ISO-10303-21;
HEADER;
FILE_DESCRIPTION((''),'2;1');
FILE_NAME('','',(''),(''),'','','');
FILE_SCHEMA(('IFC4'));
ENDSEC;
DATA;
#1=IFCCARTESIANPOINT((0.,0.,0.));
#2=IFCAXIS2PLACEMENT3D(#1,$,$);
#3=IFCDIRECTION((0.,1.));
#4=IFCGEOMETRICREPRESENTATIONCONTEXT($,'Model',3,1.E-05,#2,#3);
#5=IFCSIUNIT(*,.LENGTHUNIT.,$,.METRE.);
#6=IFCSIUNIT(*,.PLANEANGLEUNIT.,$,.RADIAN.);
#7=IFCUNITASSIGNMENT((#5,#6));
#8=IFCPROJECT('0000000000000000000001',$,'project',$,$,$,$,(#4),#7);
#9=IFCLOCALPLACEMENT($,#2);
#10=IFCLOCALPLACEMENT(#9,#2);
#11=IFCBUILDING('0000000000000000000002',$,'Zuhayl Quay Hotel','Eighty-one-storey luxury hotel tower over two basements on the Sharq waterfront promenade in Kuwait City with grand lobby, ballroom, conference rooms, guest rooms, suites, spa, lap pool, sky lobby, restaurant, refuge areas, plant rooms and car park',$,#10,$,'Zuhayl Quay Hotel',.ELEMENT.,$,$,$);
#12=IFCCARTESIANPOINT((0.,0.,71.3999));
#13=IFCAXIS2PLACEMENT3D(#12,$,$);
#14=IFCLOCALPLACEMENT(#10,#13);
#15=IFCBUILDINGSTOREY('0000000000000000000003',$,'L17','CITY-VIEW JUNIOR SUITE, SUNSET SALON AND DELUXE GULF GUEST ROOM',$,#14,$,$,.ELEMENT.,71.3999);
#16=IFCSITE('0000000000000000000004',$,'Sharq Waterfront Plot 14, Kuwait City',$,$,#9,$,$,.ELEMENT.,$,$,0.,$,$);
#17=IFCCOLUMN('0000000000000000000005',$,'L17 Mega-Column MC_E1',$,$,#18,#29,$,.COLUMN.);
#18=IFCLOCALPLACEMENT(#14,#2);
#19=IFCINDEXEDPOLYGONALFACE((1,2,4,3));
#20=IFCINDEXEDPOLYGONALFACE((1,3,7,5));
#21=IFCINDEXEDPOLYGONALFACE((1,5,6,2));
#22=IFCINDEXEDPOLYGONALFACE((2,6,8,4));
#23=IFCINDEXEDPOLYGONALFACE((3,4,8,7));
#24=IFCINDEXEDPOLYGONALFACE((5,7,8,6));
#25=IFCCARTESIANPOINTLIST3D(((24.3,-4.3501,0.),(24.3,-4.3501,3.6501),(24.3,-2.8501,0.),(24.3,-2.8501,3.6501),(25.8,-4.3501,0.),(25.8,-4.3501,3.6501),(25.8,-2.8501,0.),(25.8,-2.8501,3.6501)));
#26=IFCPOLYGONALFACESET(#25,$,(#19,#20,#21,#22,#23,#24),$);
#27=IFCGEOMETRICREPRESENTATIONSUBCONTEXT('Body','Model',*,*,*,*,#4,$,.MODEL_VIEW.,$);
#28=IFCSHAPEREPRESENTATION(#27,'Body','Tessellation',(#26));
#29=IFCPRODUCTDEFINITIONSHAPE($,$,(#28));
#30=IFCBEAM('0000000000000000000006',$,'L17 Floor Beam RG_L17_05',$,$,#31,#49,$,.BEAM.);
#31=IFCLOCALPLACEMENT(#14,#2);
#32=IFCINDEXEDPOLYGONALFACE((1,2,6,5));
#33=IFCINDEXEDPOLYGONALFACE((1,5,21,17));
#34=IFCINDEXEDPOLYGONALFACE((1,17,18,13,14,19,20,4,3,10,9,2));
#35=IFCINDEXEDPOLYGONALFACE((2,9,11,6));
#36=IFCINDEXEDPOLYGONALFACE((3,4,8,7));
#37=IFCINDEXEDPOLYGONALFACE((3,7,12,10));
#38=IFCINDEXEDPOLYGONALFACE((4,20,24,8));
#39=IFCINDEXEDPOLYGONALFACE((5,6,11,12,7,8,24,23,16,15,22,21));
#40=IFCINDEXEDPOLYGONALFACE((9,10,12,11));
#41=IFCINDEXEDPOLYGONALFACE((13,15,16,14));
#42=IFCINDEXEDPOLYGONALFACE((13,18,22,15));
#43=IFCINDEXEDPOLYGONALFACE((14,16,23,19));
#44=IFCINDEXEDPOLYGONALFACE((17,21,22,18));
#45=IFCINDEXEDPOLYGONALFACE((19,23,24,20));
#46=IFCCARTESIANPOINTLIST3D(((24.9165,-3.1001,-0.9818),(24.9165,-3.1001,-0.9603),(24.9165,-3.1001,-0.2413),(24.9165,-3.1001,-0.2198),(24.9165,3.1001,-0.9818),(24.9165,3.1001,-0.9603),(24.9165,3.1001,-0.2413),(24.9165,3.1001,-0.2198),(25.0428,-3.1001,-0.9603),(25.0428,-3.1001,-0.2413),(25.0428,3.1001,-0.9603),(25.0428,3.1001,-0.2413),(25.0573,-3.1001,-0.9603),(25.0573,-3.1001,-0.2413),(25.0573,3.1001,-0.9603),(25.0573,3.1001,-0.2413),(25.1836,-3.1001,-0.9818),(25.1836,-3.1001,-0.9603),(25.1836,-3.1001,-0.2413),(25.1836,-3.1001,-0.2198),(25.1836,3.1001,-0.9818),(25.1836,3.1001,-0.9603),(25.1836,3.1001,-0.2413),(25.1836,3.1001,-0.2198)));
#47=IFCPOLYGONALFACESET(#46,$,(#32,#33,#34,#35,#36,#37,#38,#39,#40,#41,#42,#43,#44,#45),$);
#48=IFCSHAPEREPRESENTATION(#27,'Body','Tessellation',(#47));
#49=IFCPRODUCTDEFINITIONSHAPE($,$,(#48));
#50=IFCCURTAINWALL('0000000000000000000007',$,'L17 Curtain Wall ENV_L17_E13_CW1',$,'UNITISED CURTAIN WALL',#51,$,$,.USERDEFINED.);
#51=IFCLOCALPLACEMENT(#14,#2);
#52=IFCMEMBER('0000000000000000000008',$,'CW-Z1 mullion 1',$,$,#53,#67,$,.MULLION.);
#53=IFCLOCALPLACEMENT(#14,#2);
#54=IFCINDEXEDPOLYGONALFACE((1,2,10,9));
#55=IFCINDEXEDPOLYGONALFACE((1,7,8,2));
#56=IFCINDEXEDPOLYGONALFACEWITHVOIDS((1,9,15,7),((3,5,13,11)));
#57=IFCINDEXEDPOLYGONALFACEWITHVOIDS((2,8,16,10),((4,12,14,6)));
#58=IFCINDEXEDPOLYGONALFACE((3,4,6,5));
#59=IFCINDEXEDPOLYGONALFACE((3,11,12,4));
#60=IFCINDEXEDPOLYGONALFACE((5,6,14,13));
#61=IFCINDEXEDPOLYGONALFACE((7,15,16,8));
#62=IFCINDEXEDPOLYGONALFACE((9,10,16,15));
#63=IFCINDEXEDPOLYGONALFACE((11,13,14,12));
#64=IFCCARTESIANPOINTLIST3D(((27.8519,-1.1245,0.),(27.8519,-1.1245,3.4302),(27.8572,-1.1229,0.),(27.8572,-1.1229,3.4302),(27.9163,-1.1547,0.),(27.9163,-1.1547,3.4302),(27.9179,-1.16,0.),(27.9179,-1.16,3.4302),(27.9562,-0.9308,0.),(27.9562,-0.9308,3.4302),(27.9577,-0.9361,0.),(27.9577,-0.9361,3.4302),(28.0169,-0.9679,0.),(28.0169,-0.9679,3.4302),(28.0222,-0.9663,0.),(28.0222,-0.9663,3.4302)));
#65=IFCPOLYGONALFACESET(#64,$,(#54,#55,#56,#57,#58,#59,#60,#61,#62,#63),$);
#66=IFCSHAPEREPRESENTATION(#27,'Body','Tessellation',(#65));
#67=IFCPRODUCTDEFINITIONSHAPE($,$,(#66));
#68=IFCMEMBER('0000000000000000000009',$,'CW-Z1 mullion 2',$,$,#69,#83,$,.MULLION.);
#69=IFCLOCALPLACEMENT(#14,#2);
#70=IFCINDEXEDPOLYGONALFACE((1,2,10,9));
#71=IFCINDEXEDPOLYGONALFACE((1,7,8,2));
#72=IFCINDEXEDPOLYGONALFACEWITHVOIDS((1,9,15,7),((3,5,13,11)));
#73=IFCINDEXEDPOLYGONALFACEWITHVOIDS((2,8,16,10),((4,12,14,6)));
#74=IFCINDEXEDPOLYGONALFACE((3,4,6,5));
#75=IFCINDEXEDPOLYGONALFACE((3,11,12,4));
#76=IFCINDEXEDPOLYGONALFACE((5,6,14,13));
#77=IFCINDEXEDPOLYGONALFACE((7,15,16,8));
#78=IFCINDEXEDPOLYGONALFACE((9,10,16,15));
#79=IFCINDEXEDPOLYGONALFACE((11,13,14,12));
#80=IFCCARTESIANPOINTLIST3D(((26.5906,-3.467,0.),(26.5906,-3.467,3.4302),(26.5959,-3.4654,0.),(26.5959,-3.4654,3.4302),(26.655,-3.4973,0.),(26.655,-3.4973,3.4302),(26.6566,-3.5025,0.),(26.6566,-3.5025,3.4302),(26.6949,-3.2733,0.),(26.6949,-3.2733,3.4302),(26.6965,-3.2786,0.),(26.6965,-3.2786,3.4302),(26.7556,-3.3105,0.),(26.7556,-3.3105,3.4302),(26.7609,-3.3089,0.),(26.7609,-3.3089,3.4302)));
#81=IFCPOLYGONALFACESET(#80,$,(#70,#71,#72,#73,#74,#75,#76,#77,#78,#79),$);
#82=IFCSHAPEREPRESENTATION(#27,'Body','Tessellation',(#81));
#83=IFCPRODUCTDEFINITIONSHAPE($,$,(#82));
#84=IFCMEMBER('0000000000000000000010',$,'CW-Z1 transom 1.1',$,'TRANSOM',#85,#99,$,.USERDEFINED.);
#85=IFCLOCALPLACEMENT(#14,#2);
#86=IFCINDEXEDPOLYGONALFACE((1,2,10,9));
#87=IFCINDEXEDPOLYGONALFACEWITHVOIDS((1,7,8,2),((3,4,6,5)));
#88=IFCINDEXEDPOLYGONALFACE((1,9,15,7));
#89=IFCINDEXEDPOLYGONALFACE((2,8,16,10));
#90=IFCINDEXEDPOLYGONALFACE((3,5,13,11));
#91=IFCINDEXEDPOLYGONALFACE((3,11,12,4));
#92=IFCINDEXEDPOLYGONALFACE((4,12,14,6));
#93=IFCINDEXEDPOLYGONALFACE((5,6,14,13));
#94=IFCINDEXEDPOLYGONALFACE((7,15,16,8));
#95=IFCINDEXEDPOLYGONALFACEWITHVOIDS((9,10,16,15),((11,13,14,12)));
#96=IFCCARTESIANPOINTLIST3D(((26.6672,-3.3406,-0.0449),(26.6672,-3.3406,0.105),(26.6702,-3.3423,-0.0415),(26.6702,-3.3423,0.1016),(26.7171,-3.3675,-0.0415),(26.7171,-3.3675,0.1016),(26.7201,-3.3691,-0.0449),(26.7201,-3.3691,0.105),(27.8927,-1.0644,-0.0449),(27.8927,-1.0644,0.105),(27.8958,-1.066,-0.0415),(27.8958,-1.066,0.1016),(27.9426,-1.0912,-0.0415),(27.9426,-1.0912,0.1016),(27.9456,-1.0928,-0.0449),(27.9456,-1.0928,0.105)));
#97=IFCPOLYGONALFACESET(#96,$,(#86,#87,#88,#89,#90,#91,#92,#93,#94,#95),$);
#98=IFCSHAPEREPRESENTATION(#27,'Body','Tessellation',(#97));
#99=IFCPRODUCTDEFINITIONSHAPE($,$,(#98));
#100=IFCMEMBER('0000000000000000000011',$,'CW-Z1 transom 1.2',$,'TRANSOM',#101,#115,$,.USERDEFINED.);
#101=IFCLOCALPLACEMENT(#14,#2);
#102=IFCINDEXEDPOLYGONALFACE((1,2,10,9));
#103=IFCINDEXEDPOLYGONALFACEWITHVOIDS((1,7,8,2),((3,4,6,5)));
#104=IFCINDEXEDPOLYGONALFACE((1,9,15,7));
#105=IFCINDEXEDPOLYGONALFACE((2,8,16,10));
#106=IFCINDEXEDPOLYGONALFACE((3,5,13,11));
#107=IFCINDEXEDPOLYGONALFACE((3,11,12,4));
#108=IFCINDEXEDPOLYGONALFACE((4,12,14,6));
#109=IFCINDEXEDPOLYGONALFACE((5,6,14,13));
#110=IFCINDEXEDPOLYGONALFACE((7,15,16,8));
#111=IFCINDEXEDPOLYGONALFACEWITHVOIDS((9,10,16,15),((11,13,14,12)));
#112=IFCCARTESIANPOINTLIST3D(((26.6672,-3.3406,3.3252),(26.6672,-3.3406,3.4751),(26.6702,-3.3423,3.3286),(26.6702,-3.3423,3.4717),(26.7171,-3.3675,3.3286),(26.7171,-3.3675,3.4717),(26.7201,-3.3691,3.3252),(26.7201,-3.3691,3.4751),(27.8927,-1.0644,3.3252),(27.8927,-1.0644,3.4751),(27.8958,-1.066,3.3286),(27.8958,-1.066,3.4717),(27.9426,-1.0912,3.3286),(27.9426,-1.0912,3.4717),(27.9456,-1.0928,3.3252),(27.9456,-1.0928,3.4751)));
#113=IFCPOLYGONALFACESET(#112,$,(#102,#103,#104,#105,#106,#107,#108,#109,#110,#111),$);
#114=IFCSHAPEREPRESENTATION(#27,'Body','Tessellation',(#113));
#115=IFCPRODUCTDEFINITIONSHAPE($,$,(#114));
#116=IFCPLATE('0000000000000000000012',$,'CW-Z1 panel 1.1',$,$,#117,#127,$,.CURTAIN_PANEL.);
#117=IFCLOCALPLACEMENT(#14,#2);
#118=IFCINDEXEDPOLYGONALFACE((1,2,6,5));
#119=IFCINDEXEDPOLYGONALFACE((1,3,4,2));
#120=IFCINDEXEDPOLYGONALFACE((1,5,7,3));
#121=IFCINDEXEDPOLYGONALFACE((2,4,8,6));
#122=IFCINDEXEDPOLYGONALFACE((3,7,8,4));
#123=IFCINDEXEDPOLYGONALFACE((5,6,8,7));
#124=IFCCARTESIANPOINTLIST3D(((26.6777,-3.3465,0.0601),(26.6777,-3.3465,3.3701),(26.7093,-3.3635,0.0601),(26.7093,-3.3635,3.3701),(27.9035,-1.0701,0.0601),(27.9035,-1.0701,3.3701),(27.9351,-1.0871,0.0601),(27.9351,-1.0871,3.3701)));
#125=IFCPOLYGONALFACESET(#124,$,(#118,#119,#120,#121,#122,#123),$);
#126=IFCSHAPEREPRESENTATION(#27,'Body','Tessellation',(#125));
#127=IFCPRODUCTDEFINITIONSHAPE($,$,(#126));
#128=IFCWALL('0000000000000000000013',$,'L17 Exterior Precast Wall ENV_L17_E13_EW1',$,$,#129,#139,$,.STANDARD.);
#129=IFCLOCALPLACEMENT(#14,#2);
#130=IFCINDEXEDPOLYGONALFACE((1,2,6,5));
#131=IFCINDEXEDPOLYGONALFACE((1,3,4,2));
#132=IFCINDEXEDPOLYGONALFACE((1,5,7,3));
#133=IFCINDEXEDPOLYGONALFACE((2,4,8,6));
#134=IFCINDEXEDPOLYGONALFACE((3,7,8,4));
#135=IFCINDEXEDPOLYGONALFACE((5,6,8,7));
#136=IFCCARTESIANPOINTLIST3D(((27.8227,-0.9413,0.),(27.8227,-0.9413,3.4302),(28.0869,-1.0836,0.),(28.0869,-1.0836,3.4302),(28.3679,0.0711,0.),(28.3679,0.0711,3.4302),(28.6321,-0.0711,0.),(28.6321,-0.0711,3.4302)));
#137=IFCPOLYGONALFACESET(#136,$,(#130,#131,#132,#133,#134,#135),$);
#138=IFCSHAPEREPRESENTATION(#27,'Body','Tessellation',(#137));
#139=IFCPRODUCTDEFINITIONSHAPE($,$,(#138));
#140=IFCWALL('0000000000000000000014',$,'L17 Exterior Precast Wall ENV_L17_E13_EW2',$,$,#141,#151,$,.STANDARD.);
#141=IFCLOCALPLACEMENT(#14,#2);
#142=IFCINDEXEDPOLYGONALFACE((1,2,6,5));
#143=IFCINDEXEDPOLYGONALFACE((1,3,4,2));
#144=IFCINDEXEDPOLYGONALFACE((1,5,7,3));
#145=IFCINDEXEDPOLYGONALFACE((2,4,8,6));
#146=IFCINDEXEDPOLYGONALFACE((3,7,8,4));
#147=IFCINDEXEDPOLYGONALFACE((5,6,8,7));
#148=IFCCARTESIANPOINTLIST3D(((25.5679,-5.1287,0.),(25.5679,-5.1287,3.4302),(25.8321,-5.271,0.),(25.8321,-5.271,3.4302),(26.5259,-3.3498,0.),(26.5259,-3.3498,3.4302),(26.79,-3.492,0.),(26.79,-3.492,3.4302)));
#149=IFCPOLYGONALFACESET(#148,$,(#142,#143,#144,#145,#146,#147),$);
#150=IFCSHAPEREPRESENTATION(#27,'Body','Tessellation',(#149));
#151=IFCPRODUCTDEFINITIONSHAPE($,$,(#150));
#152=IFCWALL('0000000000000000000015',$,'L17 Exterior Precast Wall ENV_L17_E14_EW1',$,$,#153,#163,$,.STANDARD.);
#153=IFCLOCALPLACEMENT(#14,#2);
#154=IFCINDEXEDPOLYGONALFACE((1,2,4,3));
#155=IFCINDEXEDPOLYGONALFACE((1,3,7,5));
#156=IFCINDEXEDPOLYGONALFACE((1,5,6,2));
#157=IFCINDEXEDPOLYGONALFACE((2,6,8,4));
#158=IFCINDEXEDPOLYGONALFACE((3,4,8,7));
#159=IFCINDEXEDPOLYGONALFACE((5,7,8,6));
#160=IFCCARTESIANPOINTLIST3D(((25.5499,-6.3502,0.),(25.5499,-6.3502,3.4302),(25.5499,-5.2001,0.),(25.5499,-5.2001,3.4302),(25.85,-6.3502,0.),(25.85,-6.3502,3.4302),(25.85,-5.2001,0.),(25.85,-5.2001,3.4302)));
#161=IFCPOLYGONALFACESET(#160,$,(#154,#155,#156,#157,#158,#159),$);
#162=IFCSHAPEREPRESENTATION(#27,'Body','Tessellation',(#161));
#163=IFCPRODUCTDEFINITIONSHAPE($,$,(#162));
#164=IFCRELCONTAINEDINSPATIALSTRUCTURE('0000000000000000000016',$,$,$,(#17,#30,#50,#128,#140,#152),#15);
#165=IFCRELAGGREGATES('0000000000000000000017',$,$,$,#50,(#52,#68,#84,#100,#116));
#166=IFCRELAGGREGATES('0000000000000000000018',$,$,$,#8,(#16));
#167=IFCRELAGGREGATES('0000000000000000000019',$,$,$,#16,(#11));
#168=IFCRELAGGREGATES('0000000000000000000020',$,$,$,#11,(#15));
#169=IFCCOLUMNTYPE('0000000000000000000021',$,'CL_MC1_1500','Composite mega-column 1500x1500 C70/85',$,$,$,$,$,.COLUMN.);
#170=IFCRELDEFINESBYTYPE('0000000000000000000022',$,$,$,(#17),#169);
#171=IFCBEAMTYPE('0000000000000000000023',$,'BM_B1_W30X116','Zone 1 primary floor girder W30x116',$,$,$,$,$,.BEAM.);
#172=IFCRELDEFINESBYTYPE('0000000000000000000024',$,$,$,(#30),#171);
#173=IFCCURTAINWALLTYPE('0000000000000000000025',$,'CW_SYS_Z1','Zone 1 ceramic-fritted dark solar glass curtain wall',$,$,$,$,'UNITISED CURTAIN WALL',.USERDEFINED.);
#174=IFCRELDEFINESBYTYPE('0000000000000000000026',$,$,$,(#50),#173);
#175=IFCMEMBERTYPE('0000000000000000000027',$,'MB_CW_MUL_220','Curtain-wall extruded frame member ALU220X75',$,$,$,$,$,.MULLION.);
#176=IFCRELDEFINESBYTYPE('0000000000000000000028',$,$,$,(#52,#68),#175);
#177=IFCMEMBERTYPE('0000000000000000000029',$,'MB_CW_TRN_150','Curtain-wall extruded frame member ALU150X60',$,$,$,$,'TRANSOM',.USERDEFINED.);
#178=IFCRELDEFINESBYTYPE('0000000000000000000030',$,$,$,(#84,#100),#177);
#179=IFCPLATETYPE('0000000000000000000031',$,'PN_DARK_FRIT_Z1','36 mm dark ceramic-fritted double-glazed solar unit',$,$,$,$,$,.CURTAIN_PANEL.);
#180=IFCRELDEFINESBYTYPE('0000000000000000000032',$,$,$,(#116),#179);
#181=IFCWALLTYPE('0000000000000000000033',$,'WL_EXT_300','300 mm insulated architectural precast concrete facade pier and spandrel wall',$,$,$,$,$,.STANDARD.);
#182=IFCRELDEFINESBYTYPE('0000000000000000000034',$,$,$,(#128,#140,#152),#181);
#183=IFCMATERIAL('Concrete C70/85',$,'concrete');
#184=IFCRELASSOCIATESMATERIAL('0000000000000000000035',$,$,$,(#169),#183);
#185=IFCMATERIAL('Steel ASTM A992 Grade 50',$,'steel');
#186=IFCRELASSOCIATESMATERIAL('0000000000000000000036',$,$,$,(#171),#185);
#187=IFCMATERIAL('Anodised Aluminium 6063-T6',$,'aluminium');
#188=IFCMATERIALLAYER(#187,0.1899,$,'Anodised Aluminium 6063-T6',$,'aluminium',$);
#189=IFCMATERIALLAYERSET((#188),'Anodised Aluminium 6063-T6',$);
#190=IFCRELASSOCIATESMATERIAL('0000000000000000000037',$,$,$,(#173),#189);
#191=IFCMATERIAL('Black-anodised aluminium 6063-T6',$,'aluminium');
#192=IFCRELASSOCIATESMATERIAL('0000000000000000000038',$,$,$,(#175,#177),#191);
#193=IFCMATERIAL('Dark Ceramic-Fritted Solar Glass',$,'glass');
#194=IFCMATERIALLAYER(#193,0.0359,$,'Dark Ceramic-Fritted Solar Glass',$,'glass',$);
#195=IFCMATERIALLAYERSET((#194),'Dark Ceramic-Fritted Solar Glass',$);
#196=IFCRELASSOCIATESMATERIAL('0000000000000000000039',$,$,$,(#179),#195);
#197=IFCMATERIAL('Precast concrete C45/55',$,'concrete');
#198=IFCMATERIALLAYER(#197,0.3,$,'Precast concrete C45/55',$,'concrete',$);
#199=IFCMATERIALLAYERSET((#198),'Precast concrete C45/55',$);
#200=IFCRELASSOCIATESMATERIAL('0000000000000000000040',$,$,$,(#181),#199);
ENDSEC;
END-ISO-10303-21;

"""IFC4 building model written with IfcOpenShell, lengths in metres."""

from ifc_helpers import new_model, si_unit, direction, frame, frame_2d, origin, origin_2d, place, context, subcontext, project, spatial, rectangle, hollow_rectangle, i_section, extrude, material, layer, layer_set, material_profile, profile_set, type_object, element, aggregate, save


model = new_model("IFC4")

# Units and contexts
model_context = context("Model", 3, precision=1e-05, world=origin(), true_north=direction((0.0, 1.0)))
body_context = subcontext(model_context, "Body", "Model", "MODEL_VIEW")
ifc_project = project(units=[si_unit("LENGTHUNIT", "METRE"), si_unit("PLANEANGLEUNIT", "RADIAN")], contexts=[model_context])

# Site, building, storey
site_placement = place(None, origin())
site = spatial("IfcSite", under=ifc_project, at=site_placement, Name="Sharq Waterfront Plot 14, Kuwait City", CompositionType="ELEMENT", RefElevation=0.0)
building_placement = place(site_placement, origin())
building = spatial("IfcBuilding", under=site, at=building_placement, Name="Zuhayl Quay Hotel", Description="Eighty-one-storey luxury hotel tower over two basements on the Sharq waterfront promenade in Kuwait City with grand lobby, ballroom, conference rooms, guest rooms, suites, spa, lap pool, sky lobby, restaurant, refuge areas, plant rooms and car park", LongName="Zuhayl Quay Hotel", CompositionType="ELEMENT")
storey_placement = place(building_placement, frame((0.0, 0.0, 71.3999)))
storey = spatial("IfcBuildingStorey", under=building, at=storey_placement, Name="L17", Description="CITY-VIEW JUNIOR SUITE, SUNSET SALON AND DELUXE GULF GUEST ROOM", CompositionType="ELEMENT", Elevation=71.3999)

# Column
ifc_material_1 = material(Name="Concrete C70/85", Category="concrete")
ifc_material_profile_1 = material_profile(ifc_material_1, rectangle(XDim=1.5, YDim=1.5, at=origin_2d()), Name="RC1500X1500")
ifc_profile_set_1 = profile_set([ifc_material_profile_1], Name="Concrete C70/85")
column_type = type_object("IfcColumnType", Name="CL_MC1_1500", Description="Composite mega-column 1500x1500 C70/85", PredefinedType="COLUMN", material=ifc_profile_set_1)
column_placement = place(storey_placement, frame((25.05, -3.6001, 0.0), z_axis=(0.0, 0.0, 1.0), x_axis=(1.0, 0.0, 0.0)))
element("IfcColumn", 1, at=column_placement, inside=storey, type_object=column_type, Name="L17 Mega-Column MC_E1", PredefinedType="COLUMN", context=body_context, shape_type="SweptSolid", body=[
    extrude(rectangle(XDim=1.5, YDim=1.5, at=origin_2d()), origin(), (0.0, 0.0, 1.0), 3.6501),
])

# Beam
ifc_material_2 = material(Name="Steel ASTM A992 Grade 50", Category="steel")
ifc_material_profile_2 = material_profile(ifc_material_2, i_section(OverallWidth=0.2671, OverallDepth=0.762, WebThickness=0.0144, FlangeThickness=0.0215, at=origin_2d()), Name="W30X116")
ifc_profile_set_2 = profile_set([ifc_material_profile_2], Name="Steel ASTM A992 Grade 50")
beam_type = type_object("IfcBeamType", Name="BM_B1_W30X116", Description="Zone 1 primary floor girder W30x116", PredefinedType="BEAM", material=ifc_profile_set_2)
beam_placement = place(storey_placement, frame((25.05, -3.1001, -0.6008), z_axis=(0.0, 1.0, 0.0), x_axis=(-1.0, 0.0, 0.0)))
element("IfcBeam", 2, at=beam_placement, inside=storey, type_object=beam_type, Name="L17 Floor Beam RG_L17_05", PredefinedType="BEAM", context=body_context, shape_type="SweptSolid", body=[
    extrude(i_section(OverallWidth=0.2671, OverallDepth=0.762, WebThickness=0.0144, FlangeThickness=0.0215, at=origin_2d()), origin(), (0.0, 0.0, 1.0), 6.2002),
])

# Curtain wall, members, plate
ifc_material_3 = material(Name="Anodised Aluminium 6063-T6", Category="aluminium")
ifc_layer_1 = layer(ifc_material_3, 0.1899, Name="Anodised Aluminium 6063-T6", Category="aluminium")
ifc_layer_set_1 = layer_set([ifc_layer_1], Name="Anodised Aluminium 6063-T6")
curtain_wall_type = type_object("IfcCurtainWallType", Name="CW_SYS_Z1", Description="Zone 1 ceramic-fritted dark solar glass curtain wall", ElementType="UNITISED CURTAIN WALL", PredefinedType="USERDEFINED", material=ifc_layer_set_1)
curtain_wall_placement = place(storey_placement, origin())
curtain_wall = element("IfcCurtainWall", 3, at=curtain_wall_placement, inside=storey, type_object=curtain_wall_type, Name="L17 Curtain Wall ENV_L17_E13_CW1", ObjectType="UNITISED CURTAIN WALL", PredefinedType="USERDEFINED")
ifc_material_4 = material(Name="Black-anodised aluminium 6063-T6", Category="aluminium")
ifc_material_profile_3 = material_profile(ifc_material_4, hollow_rectangle(XDim=0.075, YDim=0.22, WallThickness=0.0039, at=origin_2d()), Name="ALU220X75")
ifc_profile_set_3 = profile_set([ifc_material_profile_3], Name="Black-anodised aluminium 6063-T6")
member_type_1 = type_object("IfcMemberType", Name="MB_CW_MUL_220", Description="Curtain-wall extruded frame member ALU220X75", PredefinedType="MULLION", material=ifc_profile_set_3)
member_1_placement = place(storey_placement, frame((27.937, -1.0454, 0.0), z_axis=(0.0, 0.0, 1.0), x_axis=(0.880476, -0.474091, 0.0)))
member_1 = element("IfcMember", 4, at=member_1_placement, type_object=member_type_1, Name="CW-Z1 mullion 1", PredefinedType="MULLION", context=body_context, shape_type="SweptSolid", body=[
    extrude(hollow_rectangle(XDim=0.075, YDim=0.22, WallThickness=0.0039, at=origin_2d()), origin(), (0.0, 0.0, 1.0), 3.4302),
])
member_2_placement = place(storey_placement, frame((26.6758, -3.3879, 0.0), z_axis=(0.0, 0.0, 1.0), x_axis=(0.880476, -0.474091, 0.0)))
member_2 = element("IfcMember", 5, at=member_2_placement, type_object=member_type_1, Name="CW-Z1 mullion 2", PredefinedType="MULLION", context=body_context, shape_type="SweptSolid", body=[
    extrude(hollow_rectangle(XDim=0.075, YDim=0.22, WallThickness=0.0039, at=origin_2d()), origin(), (0.0, 0.0, 1.0), 3.4302),
])
ifc_material_profile_4 = material_profile(ifc_material_4, hollow_rectangle(XDim=0.0601, YDim=0.1499, WallThickness=0.0034, at=origin_2d()), Name="ALU150X60")
ifc_profile_set_4 = profile_set([ifc_material_profile_4], Name="Black-anodised aluminium 6063-T6")
member_type_2 = type_object("IfcMemberType", Name="MB_CW_TRN_150", Description="Curtain-wall extruded frame member ALU150X60", ElementType="TRANSOM", PredefinedType="USERDEFINED", material=ifc_profile_set_4)
member_3_placement = place(storey_placement, frame((27.9192, -1.0786, 0.03), z_axis=(-0.474055, -0.880495, 0.0), x_axis=(0.880495, -0.474055, 0.0)))
member_3 = element("IfcMember", 6, at=member_3_placement, type_object=member_type_2, Name="CW-Z1 transom 1.1", ObjectType="TRANSOM", PredefinedType="USERDEFINED", context=body_context, shape_type="SweptSolid", body=[
    extrude(hollow_rectangle(XDim=0.0601, YDim=0.1499, WallThickness=0.0034, at=origin_2d()), origin(), (0.0, 0.0, 1.0), 2.5852),
])
member_4_placement = place(storey_placement, frame((27.9192, -1.0786, 3.4001), z_axis=(-0.474055, -0.880495, 0.0), x_axis=(0.880495, -0.474055, 0.0)))
member_4 = element("IfcMember", 7, at=member_4_placement, type_object=member_type_2, Name="CW-Z1 transom 1.2", ObjectType="TRANSOM", PredefinedType="USERDEFINED", context=body_context, shape_type="SweptSolid", body=[
    extrude(hollow_rectangle(XDim=0.0601, YDim=0.1499, WallThickness=0.0034, at=origin_2d()), origin(), (0.0, 0.0, 1.0), 2.5852),
])
ifc_material_5 = material(Name="Dark Ceramic-Fritted Solar Glass", Category="glass")
ifc_layer_2 = layer(ifc_material_5, 0.0359, Name="Dark Ceramic-Fritted Solar Glass", Category="glass")
ifc_layer_set_2 = layer_set([ifc_layer_2], Name="Dark Ceramic-Fritted Solar Glass")
plate_type = type_object("IfcPlateType", Name="PN_DARK_FRIT_Z1", Description="36 mm dark ceramic-fritted double-glazed solar unit", PredefinedType="CURTAIN_PANEL", material=ifc_layer_set_2)
plate_placement = place(storey_placement, frame((27.3064, -2.2168, 0.0601), z_axis=(0.0, 0.0, 1.0), x_axis=(-0.474091, -0.880476, 0.0)))
plate = element("IfcPlate", 8, at=plate_placement, type_object=plate_type, Name="CW-Z1 panel 1.1", PredefinedType="CURTAIN_PANEL", context=body_context, shape_type="SweptSolid", body=[
    extrude(rectangle(XDim=2.5854, YDim=0.0359, at=origin_2d()), origin(), (0.0, 0.0, 1.0), 3.3101),
])
aggregate(curtain_wall, [member_1, member_2, member_3, member_4, plate])

# Walls
ifc_material_6 = material(Name="Precast concrete C45/55", Category="concrete")
ifc_layer_3 = layer(ifc_material_6, 0.3, Name="Precast concrete C45/55", Category="concrete")
ifc_layer_set_3 = layer_set([ifc_layer_3], Name="Precast concrete C45/55")
wall_type_1 = type_object("IfcWallType", Name="WL_EXT_300", Description="300 mm insulated architectural precast concrete facade pier and spandrel wall", PredefinedType="STANDARD", material=ifc_layer_set_3)
wall_1_placement = place(storey_placement, frame((28.5, 0.0, 0.0), z_axis=(0.0, 0.0, 1.0), x_axis=(-0.4741, -0.880471, 0.0)))
element("IfcWall", 9, at=wall_1_placement, inside=storey, type_object=wall_type_1, Name="L17 Exterior Precast Wall ENV_L17_E13_EW1", PredefinedType="STANDARD", context=body_context, shape_type="SweptSolid", body=[
    extrude(rectangle(XDim=1.1499, YDim=0.3, at=frame_2d((0.575, 0.0))), origin(), (0.0, 0.0, 1.0), 3.4302),
])
wall_2_placement = place(storey_placement, frame((26.658, -3.4209, 0.0), z_axis=(0.0, 0.0, 1.0), x_axis=(-0.474121, -0.880459, 0.0)))
element("IfcWall", 10, at=wall_2_placement, inside=storey, type_object=wall_type_1, Name="L17 Exterior Precast Wall ENV_L17_E13_EW2", PredefinedType="STANDARD", context=body_context, shape_type="SweptSolid", body=[
    extrude(rectangle(XDim=2.0205, YDim=0.3, at=frame_2d((1.0103, 0.0))), origin(), (0.0, 0.0, 1.0), 3.4302),
])
wall_3_placement = place(storey_placement, frame((25.7, -5.2, 0.0), z_axis=(0.0, 0.0, 1.0), x_axis=(0.0, -1.0, 0.0)))
element("IfcWall", 11, at=wall_3_placement, inside=storey, type_object=wall_type_1, Name="L17 Exterior Precast Wall ENV_L17_E14_EW1", PredefinedType="STANDARD", context=body_context, shape_type="SweptSolid", body=[
    extrude(rectangle(XDim=1.1501, YDim=0.3, at=frame_2d((0.5752, 0.0))), origin(), (0.0, 0.0, 1.0), 3.4302),
])

save(model, "model.ifc")
